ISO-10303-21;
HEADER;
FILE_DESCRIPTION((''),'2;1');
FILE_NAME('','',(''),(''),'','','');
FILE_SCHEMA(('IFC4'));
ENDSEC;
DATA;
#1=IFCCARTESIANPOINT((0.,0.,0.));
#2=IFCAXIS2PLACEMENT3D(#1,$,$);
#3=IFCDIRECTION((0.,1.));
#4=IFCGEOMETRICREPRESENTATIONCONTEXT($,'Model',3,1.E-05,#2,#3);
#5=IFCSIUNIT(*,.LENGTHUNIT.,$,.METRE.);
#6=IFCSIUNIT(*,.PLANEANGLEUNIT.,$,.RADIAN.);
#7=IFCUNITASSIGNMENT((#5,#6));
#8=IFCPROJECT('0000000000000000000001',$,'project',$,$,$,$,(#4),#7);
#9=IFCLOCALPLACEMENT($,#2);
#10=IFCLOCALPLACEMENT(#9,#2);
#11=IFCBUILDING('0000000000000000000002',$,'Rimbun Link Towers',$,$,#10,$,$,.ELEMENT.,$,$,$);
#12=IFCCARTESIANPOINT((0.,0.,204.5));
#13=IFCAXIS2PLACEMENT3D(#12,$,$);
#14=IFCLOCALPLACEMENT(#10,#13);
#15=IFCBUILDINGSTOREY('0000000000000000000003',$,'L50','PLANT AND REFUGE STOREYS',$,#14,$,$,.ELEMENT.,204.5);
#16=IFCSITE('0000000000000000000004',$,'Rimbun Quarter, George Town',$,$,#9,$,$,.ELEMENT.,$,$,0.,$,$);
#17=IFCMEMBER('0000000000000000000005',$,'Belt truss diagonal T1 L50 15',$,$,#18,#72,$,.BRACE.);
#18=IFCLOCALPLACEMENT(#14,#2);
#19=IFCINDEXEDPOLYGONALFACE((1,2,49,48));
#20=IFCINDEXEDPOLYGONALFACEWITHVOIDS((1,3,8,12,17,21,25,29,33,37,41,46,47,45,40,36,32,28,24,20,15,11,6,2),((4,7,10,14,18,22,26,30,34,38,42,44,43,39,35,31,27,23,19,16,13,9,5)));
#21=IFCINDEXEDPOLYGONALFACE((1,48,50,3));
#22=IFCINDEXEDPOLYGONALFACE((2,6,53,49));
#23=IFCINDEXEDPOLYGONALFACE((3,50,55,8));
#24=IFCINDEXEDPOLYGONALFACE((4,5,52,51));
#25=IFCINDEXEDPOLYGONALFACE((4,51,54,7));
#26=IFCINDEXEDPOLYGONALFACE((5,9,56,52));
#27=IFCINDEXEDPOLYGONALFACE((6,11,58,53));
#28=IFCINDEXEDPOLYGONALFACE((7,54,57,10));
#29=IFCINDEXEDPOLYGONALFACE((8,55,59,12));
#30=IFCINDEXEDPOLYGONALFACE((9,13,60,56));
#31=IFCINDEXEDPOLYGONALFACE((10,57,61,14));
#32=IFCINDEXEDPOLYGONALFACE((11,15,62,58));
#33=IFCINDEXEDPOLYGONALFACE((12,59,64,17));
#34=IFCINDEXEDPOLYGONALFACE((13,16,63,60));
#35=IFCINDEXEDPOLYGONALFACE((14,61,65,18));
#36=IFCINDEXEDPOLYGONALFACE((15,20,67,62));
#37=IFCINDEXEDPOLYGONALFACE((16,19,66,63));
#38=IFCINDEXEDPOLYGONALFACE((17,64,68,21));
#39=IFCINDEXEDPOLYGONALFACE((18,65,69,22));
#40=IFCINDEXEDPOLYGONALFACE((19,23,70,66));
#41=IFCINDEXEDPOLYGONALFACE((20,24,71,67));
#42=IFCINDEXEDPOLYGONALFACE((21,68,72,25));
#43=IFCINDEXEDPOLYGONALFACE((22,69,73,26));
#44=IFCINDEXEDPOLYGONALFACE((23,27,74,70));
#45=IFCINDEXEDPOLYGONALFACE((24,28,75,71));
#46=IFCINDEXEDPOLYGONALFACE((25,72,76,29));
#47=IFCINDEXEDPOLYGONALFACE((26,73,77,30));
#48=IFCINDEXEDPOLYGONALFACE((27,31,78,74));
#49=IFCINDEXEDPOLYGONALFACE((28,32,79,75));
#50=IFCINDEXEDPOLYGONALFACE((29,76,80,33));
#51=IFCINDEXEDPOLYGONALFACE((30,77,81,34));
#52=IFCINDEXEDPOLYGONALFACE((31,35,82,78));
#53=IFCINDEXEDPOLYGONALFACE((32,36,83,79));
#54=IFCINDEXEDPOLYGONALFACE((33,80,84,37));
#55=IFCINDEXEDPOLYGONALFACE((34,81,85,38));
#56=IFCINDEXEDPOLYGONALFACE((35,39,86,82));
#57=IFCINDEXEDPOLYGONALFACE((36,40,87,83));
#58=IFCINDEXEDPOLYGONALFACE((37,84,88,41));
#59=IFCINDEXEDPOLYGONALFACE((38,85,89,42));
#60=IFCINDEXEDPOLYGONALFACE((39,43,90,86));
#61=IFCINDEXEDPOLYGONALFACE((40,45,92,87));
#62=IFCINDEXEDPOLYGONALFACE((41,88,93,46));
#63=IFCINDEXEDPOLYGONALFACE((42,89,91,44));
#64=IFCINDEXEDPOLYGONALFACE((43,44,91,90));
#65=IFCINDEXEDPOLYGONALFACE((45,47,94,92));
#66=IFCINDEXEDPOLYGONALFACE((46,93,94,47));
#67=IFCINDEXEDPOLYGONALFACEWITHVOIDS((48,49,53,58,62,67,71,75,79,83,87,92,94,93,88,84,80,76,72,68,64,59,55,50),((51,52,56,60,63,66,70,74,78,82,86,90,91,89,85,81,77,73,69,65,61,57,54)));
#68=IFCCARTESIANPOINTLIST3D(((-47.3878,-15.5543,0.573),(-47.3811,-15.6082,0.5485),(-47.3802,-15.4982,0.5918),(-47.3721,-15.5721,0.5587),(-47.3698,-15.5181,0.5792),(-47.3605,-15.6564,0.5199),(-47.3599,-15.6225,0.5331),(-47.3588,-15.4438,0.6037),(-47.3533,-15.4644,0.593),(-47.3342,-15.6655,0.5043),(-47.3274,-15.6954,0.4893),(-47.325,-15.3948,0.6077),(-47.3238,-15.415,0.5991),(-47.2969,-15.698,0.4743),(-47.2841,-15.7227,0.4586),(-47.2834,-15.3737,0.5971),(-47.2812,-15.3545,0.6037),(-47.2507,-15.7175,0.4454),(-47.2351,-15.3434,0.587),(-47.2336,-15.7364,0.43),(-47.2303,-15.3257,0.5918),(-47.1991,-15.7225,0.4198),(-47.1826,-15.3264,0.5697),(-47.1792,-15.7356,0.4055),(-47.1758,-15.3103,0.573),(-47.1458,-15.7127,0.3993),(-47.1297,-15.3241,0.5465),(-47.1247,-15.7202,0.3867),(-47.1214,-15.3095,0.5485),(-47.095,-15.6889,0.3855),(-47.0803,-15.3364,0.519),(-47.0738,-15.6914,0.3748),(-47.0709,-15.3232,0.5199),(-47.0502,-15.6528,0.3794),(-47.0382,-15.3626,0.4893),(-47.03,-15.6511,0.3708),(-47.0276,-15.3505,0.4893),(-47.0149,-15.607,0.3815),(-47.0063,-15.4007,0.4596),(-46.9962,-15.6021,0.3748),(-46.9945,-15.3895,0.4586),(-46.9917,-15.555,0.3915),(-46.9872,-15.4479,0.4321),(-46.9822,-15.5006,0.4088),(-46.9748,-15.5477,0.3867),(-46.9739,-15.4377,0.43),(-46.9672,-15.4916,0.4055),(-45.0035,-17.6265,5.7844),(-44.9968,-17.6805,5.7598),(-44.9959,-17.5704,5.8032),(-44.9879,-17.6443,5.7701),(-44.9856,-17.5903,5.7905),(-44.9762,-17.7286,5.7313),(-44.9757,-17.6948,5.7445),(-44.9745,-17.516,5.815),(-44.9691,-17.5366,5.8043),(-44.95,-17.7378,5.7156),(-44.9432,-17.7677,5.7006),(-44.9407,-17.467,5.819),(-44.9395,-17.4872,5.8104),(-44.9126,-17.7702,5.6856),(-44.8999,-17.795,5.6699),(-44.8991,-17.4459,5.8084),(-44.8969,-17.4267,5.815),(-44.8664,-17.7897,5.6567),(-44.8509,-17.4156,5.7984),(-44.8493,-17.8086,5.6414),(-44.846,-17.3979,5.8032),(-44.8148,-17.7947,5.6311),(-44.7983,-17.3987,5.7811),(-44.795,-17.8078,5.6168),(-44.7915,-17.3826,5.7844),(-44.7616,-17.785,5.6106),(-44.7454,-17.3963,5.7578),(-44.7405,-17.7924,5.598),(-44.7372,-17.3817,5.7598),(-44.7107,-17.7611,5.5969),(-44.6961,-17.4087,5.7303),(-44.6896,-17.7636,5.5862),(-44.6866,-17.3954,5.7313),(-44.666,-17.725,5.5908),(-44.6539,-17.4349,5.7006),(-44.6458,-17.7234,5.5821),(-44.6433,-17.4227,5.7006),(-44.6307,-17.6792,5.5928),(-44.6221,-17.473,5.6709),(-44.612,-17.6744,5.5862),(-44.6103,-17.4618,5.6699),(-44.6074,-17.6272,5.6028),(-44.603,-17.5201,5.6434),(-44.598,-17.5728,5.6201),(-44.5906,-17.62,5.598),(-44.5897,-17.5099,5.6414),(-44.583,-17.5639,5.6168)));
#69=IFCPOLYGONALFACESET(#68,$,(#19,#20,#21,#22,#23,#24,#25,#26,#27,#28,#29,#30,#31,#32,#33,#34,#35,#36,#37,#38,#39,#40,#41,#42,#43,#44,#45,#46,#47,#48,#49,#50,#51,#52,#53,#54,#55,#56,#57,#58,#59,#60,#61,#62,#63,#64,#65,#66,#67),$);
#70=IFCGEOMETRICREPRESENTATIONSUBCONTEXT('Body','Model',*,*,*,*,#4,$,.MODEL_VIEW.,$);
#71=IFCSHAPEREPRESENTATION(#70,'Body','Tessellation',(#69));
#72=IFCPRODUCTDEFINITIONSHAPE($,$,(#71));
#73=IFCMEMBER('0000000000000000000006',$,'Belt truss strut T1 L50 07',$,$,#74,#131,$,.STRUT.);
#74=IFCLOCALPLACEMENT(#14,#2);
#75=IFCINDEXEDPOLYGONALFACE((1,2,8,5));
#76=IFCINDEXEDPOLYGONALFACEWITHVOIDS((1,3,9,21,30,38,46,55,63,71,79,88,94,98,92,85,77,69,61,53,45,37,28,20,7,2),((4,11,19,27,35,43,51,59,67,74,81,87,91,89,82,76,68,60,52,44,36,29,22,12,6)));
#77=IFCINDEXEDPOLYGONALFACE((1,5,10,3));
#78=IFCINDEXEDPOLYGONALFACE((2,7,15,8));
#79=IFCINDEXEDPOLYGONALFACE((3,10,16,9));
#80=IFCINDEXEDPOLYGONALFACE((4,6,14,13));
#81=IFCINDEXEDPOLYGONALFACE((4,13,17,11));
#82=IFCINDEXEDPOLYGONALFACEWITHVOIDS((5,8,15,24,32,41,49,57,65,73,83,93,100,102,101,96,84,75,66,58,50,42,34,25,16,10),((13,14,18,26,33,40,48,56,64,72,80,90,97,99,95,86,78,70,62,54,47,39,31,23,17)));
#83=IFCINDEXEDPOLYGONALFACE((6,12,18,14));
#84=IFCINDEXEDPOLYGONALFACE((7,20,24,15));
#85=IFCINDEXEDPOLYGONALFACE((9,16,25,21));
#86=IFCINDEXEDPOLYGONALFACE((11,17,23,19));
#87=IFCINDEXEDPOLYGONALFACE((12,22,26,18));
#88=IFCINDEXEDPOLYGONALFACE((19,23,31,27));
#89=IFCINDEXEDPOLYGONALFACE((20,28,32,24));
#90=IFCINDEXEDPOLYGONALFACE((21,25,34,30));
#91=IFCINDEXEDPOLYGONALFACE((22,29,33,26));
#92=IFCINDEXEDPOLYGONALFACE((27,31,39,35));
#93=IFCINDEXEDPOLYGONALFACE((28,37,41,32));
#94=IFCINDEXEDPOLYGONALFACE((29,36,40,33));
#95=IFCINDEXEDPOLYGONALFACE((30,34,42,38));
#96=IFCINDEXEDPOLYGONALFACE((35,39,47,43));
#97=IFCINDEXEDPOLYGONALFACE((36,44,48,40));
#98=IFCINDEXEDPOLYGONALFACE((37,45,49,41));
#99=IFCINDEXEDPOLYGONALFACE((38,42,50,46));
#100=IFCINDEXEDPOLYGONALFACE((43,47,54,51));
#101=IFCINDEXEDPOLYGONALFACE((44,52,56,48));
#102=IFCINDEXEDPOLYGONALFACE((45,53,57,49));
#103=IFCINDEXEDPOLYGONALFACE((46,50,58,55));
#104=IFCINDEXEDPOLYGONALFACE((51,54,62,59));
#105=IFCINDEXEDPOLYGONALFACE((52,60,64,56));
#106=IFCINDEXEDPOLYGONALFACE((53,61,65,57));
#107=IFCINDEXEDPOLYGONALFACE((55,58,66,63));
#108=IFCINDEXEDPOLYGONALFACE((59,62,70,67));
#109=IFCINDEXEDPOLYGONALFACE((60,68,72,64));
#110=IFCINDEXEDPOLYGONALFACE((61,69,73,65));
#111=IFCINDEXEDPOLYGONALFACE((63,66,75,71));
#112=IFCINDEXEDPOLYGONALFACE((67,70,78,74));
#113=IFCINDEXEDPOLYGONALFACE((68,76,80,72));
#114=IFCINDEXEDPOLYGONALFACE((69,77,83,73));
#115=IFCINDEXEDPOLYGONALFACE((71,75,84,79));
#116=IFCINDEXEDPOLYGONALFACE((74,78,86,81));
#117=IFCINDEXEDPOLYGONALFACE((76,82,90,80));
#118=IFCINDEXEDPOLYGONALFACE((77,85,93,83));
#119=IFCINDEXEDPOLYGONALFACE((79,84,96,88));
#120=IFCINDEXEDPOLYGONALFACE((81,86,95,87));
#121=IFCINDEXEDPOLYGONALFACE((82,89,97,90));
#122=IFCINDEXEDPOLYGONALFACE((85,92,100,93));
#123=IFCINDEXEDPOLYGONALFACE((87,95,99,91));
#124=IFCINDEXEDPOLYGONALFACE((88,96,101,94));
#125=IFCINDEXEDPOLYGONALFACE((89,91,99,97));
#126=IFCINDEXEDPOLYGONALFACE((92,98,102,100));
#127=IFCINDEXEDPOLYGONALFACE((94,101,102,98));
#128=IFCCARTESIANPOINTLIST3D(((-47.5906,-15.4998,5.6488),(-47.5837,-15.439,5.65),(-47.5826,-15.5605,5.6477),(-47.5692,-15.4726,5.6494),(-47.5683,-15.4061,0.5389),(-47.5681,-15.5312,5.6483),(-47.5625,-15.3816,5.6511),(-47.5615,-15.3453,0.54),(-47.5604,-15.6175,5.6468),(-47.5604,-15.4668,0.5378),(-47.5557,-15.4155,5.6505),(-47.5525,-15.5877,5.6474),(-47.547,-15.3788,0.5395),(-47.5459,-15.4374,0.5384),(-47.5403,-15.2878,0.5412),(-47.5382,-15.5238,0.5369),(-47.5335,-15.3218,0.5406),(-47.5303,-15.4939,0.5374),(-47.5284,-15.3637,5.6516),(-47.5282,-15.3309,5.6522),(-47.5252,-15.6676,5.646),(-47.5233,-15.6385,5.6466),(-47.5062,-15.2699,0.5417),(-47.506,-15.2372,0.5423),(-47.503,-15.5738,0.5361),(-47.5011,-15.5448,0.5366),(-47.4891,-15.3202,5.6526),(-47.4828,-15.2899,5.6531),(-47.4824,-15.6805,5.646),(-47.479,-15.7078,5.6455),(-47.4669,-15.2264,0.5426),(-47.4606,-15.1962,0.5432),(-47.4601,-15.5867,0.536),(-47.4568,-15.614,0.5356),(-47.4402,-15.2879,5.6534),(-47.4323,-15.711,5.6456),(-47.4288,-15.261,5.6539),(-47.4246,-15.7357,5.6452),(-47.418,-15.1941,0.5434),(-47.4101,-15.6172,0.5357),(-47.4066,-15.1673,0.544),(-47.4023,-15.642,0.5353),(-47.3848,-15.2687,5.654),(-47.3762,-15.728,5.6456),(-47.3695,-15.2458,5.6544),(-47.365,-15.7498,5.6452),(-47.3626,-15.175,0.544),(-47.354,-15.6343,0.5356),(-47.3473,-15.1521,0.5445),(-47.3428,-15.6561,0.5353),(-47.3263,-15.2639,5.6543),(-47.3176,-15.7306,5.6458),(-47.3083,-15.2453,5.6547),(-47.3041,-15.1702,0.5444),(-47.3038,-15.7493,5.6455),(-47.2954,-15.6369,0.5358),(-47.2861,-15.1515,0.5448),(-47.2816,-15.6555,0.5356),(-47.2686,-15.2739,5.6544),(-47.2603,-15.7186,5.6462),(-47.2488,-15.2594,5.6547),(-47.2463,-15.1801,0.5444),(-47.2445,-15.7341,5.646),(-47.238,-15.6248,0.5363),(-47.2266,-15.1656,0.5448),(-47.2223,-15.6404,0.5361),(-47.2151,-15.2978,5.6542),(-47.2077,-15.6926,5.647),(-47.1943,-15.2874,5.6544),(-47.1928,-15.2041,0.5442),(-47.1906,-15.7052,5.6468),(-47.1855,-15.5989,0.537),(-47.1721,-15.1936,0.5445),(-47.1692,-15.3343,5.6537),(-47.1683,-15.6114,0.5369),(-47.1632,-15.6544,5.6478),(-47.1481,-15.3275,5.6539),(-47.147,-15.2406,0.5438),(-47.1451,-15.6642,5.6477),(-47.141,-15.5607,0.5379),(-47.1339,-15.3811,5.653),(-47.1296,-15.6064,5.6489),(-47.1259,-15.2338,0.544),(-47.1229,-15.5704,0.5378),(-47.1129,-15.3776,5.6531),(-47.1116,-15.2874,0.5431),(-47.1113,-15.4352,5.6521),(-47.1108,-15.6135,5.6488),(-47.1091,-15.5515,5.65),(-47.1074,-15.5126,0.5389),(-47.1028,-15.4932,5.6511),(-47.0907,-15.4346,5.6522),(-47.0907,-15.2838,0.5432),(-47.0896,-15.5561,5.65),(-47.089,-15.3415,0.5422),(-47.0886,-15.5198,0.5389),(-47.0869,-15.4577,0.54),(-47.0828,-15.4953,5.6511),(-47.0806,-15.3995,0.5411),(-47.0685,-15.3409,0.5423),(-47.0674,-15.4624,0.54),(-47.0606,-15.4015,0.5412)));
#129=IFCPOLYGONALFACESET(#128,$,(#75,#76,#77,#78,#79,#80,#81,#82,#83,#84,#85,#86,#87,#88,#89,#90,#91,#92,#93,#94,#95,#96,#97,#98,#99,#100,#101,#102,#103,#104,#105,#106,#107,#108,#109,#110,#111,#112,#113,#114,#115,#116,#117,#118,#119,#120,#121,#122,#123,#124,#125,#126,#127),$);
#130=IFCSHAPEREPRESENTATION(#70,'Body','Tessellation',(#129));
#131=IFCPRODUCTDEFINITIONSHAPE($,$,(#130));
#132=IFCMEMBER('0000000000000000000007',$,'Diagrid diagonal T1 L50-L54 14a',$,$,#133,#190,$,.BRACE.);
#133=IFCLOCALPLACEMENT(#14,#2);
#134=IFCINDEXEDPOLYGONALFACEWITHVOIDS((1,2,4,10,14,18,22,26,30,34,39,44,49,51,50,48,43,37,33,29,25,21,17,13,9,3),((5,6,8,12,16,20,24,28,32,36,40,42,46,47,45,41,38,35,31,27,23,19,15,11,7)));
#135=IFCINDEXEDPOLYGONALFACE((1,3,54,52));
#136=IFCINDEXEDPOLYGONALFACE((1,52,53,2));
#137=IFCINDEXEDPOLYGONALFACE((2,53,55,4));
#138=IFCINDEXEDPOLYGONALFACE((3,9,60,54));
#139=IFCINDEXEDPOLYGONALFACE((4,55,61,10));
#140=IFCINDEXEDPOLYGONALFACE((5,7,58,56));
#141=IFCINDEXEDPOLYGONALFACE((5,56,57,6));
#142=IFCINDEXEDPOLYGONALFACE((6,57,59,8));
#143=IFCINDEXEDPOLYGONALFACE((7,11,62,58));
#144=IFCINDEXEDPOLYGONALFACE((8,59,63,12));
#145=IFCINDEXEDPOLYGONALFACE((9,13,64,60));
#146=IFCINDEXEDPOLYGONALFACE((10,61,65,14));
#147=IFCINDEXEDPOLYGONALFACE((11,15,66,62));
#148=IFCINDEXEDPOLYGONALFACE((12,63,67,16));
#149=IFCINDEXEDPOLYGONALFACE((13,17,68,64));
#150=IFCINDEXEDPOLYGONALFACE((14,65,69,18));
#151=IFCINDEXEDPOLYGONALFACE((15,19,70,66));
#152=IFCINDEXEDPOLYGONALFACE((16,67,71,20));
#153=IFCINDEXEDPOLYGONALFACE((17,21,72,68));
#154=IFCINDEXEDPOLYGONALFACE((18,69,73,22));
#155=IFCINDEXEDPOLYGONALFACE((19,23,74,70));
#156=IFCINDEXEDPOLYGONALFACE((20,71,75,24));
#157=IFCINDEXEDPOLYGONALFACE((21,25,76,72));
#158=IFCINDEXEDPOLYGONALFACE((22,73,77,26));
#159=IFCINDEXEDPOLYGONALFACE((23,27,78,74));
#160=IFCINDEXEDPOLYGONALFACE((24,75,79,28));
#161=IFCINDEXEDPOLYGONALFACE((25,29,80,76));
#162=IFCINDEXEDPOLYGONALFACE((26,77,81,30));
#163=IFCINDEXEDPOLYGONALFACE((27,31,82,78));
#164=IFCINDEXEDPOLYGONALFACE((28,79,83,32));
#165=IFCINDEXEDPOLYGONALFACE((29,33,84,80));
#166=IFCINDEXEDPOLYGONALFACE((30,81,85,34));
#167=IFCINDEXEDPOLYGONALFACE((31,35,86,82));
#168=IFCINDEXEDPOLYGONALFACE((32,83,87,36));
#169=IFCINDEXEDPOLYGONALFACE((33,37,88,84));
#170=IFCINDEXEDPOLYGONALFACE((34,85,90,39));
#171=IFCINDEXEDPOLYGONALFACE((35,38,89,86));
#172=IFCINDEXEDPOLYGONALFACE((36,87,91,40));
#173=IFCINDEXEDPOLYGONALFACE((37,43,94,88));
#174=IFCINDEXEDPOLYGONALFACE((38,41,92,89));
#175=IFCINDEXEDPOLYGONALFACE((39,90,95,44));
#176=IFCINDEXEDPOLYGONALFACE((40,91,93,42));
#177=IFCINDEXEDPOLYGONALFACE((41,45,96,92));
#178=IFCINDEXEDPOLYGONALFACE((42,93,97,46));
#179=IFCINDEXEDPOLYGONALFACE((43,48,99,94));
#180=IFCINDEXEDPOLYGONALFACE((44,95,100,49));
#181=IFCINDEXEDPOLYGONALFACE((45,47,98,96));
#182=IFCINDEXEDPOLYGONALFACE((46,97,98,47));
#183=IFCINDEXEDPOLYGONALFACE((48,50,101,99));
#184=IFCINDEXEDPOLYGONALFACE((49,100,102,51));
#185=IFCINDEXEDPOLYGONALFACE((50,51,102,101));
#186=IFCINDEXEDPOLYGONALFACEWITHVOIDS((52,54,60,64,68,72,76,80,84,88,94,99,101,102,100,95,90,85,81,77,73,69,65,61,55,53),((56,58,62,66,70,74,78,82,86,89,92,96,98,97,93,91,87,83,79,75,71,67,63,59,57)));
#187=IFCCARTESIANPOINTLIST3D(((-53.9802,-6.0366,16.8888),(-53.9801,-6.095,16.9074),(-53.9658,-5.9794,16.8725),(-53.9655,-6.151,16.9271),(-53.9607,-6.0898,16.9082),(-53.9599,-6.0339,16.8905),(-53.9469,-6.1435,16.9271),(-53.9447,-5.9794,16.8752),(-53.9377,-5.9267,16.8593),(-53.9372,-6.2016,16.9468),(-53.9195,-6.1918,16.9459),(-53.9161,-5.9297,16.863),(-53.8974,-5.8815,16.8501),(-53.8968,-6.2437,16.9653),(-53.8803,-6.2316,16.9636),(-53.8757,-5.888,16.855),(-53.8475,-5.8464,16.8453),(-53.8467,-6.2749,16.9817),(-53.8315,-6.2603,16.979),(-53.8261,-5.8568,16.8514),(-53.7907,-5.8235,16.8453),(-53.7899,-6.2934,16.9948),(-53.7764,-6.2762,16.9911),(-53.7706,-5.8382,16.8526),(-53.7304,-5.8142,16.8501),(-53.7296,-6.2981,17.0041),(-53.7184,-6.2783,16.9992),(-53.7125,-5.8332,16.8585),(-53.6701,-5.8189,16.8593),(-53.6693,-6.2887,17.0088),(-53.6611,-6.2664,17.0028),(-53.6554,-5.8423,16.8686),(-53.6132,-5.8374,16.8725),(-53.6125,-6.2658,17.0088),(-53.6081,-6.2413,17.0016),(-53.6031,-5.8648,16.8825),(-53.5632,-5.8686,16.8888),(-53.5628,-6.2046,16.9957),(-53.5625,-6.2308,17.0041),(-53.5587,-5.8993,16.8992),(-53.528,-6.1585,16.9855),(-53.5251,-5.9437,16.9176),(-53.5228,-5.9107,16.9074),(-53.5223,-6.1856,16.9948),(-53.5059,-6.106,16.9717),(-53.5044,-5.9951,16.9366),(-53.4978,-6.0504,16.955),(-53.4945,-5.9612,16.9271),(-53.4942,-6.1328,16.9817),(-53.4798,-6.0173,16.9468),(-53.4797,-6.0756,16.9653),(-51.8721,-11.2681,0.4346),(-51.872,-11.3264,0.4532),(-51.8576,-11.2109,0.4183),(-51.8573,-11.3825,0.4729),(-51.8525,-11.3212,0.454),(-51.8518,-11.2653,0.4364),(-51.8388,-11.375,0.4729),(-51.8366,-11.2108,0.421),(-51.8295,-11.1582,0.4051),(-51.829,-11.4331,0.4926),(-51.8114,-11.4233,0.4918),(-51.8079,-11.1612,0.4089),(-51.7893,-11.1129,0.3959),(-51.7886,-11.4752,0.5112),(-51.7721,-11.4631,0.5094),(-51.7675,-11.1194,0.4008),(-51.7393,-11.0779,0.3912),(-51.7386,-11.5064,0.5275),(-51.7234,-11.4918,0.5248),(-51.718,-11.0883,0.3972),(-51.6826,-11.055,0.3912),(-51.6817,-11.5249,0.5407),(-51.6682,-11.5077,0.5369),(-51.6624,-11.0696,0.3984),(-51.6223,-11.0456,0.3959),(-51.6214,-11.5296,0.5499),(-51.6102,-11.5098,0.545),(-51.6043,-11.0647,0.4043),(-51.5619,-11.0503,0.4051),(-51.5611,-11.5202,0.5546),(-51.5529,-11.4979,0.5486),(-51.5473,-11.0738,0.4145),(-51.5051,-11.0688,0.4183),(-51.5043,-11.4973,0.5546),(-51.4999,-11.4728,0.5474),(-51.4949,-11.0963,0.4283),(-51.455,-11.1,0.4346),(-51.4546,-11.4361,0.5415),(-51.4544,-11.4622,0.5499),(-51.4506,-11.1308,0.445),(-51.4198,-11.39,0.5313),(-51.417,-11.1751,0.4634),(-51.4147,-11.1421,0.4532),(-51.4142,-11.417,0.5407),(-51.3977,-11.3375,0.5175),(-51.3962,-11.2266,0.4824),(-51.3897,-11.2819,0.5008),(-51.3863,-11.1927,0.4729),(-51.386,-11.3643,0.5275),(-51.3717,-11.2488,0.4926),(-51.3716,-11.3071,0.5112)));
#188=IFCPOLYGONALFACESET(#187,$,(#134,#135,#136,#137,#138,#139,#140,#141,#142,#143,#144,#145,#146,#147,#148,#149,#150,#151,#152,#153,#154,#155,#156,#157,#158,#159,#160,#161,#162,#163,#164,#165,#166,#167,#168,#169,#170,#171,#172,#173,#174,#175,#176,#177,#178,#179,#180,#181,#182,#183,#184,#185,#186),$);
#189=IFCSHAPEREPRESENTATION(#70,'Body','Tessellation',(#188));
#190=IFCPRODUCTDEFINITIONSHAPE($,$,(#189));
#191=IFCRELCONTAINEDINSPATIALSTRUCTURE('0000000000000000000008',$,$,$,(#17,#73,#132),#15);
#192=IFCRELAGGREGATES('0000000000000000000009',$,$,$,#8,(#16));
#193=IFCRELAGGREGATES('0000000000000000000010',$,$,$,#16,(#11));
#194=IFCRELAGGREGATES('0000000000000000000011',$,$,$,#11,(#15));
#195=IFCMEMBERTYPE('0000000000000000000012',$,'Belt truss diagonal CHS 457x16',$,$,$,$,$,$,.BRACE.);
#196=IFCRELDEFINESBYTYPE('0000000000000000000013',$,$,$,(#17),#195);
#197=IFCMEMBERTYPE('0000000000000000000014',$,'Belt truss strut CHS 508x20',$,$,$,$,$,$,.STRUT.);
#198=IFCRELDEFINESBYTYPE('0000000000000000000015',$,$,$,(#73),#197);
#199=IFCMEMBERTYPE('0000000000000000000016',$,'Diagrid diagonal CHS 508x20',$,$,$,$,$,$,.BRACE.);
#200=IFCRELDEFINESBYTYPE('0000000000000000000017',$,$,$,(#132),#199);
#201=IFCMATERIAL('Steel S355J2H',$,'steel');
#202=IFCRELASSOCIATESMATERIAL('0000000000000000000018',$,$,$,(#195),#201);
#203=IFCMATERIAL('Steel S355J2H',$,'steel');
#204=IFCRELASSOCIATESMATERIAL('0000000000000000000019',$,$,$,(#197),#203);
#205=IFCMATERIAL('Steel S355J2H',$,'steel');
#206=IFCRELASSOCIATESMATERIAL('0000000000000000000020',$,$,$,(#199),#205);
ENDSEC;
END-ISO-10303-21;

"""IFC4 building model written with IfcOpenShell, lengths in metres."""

from ifc_helpers import new_model, si_unit, direction, frame, origin, origin_2d, place, context, subcontext, project, spatial, hollow_circle, extrude, material, material_profile, profile_set, type_object, element, save


model = new_model("IFC4")

# Units and contexts
model_context = context("Model", 3, precision=1e-05, world=origin(), true_north=direction((0.0, 1.0)))
body_context = subcontext(model_context, "Body", "Model", "MODEL_VIEW")
ifc_project = project(units=[si_unit("LENGTHUNIT", "METRE"), si_unit("PLANEANGLEUNIT", "RADIAN")], contexts=[model_context])

# Site, building, storey
site_placement = place(None, origin())
site = spatial("IfcSite", under=ifc_project, at=site_placement, Name="Rimbun Quarter, George Town", CompositionType="ELEMENT", RefElevation=0.0)
building_placement = place(site_placement, origin())
building = spatial("IfcBuilding", under=site, at=building_placement, Name="Rimbun Link Towers", CompositionType="ELEMENT")
storey_placement = place(building_placement, frame((0.0, 0.0, 204.5)))
storey = spatial("IfcBuildingStorey", under=building, at=storey_placement, Name="L50", Description="PLANT AND REFUGE STOREYS", CompositionType="ELEMENT", Elevation=204.5)

# Members
ifc_material_1 = material(Name="Steel S355J2H", Category="steel")
ifc_material_profile_1 = material_profile(ifc_material_1, hollow_circle(Radius=0.2285, WallThickness=0.0161, at=origin_2d()), Name="Belt truss diagonal CHS 457x16")
ifc_profile_set_1 = profile_set([ifc_material_profile_1], Name="Steel S355J2H")
member_type_1 = type_object("IfcMemberType", Name="Belt truss diagonal CHS 457x16", PredefinedType="BRACE", material=ifc_profile_set_1)
member_1_placement = place(storey_placement, frame((-47.1775, -15.5229, 0.4893), z_axis=(0.391244, -0.340045, 0.85516), x_axis=(0.655995, 0.754765, 0.0)))
element("IfcMember", 1, at=member_1_placement, inside=storey, type_object=member_type_1, Name="Belt truss diagonal T1 L50 15", PredefinedType="BRACE", context=body_context, shape_type="SweptSolid", body=[
    extrude(hollow_circle(Radius=0.2285, WallThickness=0.0161, at=origin_2d()), origin(), (0.0, 0.0, 1.0), 6.094),
])
ifc_material_2 = material(Name="Steel S355J2H", Category="steel")
ifc_material_profile_2 = material_profile(ifc_material_2, hollow_circle(Radius=0.2539, WallThickness=0.02, at=origin_2d()), Name="Belt truss strut CHS 508x20")
ifc_profile_set_2 = profile_set([ifc_material_profile_2], Name="Steel S355J2H")
member_type_2 = type_object("IfcMemberType", Name="Belt truss strut CHS 508x20", PredefinedType="STRUT", material=ifc_profile_set_2)
member_2_placement = place(storey_placement, frame((-47.3145, -15.4038, 0.54), z_axis=(-0.004347, -0.018344, 0.999822), x_axis=(0.97305, -0.230593, 0.0)))
element("IfcMember", 2, at=member_2_placement, inside=storey, type_object=member_type_2, Name="Belt truss strut T1 L50 07", PredefinedType="STRUT", context=body_context, shape_type="SweptSolid", body=[
    extrude(hollow_circle(Radius=0.2539, WallThickness=0.02, at=origin_2d()), origin(), (0.0, 0.0, 1.0), 5.1108),
])
ifc_material_3 = material(Name="Steel S355J2H", Category="steel")
ifc_material_profile_3 = material_profile(ifc_material_3, hollow_circle(Radius=0.2539, WallThickness=0.02, at=origin_2d()), Name="Diagrid diagonal CHS 508x20")
ifc_profile_set_3 = profile_set([ifc_material_profile_3], Name="Steel S355J2H")
member_type_3 = type_object("IfcMemberType", Name="Diagrid diagonal CHS 508x20", PredefinedType="BRACE", material=ifc_profile_set_3)
member_3_placement = place(storey_placement, frame((-51.6218, -11.2876, 0.4729), z_axis=(-0.1212, 0.300762, 0.945966), x_axis=(-0.927521, -0.37377, 0.0)))
element("IfcMember", 3, at=member_3_placement, inside=storey, type_object=member_type_3, Name="Diagrid diagonal T1 L50-L54 14a", PredefinedType="BRACE", context=body_context, shape_type="SweptSolid", body=[
    extrude(hollow_circle(Radius=0.2539, WallThickness=0.02, at=origin_2d()), origin(), (0.0, 0.0, 1.0), 17.394),
])

save(model, "model.ifc")
